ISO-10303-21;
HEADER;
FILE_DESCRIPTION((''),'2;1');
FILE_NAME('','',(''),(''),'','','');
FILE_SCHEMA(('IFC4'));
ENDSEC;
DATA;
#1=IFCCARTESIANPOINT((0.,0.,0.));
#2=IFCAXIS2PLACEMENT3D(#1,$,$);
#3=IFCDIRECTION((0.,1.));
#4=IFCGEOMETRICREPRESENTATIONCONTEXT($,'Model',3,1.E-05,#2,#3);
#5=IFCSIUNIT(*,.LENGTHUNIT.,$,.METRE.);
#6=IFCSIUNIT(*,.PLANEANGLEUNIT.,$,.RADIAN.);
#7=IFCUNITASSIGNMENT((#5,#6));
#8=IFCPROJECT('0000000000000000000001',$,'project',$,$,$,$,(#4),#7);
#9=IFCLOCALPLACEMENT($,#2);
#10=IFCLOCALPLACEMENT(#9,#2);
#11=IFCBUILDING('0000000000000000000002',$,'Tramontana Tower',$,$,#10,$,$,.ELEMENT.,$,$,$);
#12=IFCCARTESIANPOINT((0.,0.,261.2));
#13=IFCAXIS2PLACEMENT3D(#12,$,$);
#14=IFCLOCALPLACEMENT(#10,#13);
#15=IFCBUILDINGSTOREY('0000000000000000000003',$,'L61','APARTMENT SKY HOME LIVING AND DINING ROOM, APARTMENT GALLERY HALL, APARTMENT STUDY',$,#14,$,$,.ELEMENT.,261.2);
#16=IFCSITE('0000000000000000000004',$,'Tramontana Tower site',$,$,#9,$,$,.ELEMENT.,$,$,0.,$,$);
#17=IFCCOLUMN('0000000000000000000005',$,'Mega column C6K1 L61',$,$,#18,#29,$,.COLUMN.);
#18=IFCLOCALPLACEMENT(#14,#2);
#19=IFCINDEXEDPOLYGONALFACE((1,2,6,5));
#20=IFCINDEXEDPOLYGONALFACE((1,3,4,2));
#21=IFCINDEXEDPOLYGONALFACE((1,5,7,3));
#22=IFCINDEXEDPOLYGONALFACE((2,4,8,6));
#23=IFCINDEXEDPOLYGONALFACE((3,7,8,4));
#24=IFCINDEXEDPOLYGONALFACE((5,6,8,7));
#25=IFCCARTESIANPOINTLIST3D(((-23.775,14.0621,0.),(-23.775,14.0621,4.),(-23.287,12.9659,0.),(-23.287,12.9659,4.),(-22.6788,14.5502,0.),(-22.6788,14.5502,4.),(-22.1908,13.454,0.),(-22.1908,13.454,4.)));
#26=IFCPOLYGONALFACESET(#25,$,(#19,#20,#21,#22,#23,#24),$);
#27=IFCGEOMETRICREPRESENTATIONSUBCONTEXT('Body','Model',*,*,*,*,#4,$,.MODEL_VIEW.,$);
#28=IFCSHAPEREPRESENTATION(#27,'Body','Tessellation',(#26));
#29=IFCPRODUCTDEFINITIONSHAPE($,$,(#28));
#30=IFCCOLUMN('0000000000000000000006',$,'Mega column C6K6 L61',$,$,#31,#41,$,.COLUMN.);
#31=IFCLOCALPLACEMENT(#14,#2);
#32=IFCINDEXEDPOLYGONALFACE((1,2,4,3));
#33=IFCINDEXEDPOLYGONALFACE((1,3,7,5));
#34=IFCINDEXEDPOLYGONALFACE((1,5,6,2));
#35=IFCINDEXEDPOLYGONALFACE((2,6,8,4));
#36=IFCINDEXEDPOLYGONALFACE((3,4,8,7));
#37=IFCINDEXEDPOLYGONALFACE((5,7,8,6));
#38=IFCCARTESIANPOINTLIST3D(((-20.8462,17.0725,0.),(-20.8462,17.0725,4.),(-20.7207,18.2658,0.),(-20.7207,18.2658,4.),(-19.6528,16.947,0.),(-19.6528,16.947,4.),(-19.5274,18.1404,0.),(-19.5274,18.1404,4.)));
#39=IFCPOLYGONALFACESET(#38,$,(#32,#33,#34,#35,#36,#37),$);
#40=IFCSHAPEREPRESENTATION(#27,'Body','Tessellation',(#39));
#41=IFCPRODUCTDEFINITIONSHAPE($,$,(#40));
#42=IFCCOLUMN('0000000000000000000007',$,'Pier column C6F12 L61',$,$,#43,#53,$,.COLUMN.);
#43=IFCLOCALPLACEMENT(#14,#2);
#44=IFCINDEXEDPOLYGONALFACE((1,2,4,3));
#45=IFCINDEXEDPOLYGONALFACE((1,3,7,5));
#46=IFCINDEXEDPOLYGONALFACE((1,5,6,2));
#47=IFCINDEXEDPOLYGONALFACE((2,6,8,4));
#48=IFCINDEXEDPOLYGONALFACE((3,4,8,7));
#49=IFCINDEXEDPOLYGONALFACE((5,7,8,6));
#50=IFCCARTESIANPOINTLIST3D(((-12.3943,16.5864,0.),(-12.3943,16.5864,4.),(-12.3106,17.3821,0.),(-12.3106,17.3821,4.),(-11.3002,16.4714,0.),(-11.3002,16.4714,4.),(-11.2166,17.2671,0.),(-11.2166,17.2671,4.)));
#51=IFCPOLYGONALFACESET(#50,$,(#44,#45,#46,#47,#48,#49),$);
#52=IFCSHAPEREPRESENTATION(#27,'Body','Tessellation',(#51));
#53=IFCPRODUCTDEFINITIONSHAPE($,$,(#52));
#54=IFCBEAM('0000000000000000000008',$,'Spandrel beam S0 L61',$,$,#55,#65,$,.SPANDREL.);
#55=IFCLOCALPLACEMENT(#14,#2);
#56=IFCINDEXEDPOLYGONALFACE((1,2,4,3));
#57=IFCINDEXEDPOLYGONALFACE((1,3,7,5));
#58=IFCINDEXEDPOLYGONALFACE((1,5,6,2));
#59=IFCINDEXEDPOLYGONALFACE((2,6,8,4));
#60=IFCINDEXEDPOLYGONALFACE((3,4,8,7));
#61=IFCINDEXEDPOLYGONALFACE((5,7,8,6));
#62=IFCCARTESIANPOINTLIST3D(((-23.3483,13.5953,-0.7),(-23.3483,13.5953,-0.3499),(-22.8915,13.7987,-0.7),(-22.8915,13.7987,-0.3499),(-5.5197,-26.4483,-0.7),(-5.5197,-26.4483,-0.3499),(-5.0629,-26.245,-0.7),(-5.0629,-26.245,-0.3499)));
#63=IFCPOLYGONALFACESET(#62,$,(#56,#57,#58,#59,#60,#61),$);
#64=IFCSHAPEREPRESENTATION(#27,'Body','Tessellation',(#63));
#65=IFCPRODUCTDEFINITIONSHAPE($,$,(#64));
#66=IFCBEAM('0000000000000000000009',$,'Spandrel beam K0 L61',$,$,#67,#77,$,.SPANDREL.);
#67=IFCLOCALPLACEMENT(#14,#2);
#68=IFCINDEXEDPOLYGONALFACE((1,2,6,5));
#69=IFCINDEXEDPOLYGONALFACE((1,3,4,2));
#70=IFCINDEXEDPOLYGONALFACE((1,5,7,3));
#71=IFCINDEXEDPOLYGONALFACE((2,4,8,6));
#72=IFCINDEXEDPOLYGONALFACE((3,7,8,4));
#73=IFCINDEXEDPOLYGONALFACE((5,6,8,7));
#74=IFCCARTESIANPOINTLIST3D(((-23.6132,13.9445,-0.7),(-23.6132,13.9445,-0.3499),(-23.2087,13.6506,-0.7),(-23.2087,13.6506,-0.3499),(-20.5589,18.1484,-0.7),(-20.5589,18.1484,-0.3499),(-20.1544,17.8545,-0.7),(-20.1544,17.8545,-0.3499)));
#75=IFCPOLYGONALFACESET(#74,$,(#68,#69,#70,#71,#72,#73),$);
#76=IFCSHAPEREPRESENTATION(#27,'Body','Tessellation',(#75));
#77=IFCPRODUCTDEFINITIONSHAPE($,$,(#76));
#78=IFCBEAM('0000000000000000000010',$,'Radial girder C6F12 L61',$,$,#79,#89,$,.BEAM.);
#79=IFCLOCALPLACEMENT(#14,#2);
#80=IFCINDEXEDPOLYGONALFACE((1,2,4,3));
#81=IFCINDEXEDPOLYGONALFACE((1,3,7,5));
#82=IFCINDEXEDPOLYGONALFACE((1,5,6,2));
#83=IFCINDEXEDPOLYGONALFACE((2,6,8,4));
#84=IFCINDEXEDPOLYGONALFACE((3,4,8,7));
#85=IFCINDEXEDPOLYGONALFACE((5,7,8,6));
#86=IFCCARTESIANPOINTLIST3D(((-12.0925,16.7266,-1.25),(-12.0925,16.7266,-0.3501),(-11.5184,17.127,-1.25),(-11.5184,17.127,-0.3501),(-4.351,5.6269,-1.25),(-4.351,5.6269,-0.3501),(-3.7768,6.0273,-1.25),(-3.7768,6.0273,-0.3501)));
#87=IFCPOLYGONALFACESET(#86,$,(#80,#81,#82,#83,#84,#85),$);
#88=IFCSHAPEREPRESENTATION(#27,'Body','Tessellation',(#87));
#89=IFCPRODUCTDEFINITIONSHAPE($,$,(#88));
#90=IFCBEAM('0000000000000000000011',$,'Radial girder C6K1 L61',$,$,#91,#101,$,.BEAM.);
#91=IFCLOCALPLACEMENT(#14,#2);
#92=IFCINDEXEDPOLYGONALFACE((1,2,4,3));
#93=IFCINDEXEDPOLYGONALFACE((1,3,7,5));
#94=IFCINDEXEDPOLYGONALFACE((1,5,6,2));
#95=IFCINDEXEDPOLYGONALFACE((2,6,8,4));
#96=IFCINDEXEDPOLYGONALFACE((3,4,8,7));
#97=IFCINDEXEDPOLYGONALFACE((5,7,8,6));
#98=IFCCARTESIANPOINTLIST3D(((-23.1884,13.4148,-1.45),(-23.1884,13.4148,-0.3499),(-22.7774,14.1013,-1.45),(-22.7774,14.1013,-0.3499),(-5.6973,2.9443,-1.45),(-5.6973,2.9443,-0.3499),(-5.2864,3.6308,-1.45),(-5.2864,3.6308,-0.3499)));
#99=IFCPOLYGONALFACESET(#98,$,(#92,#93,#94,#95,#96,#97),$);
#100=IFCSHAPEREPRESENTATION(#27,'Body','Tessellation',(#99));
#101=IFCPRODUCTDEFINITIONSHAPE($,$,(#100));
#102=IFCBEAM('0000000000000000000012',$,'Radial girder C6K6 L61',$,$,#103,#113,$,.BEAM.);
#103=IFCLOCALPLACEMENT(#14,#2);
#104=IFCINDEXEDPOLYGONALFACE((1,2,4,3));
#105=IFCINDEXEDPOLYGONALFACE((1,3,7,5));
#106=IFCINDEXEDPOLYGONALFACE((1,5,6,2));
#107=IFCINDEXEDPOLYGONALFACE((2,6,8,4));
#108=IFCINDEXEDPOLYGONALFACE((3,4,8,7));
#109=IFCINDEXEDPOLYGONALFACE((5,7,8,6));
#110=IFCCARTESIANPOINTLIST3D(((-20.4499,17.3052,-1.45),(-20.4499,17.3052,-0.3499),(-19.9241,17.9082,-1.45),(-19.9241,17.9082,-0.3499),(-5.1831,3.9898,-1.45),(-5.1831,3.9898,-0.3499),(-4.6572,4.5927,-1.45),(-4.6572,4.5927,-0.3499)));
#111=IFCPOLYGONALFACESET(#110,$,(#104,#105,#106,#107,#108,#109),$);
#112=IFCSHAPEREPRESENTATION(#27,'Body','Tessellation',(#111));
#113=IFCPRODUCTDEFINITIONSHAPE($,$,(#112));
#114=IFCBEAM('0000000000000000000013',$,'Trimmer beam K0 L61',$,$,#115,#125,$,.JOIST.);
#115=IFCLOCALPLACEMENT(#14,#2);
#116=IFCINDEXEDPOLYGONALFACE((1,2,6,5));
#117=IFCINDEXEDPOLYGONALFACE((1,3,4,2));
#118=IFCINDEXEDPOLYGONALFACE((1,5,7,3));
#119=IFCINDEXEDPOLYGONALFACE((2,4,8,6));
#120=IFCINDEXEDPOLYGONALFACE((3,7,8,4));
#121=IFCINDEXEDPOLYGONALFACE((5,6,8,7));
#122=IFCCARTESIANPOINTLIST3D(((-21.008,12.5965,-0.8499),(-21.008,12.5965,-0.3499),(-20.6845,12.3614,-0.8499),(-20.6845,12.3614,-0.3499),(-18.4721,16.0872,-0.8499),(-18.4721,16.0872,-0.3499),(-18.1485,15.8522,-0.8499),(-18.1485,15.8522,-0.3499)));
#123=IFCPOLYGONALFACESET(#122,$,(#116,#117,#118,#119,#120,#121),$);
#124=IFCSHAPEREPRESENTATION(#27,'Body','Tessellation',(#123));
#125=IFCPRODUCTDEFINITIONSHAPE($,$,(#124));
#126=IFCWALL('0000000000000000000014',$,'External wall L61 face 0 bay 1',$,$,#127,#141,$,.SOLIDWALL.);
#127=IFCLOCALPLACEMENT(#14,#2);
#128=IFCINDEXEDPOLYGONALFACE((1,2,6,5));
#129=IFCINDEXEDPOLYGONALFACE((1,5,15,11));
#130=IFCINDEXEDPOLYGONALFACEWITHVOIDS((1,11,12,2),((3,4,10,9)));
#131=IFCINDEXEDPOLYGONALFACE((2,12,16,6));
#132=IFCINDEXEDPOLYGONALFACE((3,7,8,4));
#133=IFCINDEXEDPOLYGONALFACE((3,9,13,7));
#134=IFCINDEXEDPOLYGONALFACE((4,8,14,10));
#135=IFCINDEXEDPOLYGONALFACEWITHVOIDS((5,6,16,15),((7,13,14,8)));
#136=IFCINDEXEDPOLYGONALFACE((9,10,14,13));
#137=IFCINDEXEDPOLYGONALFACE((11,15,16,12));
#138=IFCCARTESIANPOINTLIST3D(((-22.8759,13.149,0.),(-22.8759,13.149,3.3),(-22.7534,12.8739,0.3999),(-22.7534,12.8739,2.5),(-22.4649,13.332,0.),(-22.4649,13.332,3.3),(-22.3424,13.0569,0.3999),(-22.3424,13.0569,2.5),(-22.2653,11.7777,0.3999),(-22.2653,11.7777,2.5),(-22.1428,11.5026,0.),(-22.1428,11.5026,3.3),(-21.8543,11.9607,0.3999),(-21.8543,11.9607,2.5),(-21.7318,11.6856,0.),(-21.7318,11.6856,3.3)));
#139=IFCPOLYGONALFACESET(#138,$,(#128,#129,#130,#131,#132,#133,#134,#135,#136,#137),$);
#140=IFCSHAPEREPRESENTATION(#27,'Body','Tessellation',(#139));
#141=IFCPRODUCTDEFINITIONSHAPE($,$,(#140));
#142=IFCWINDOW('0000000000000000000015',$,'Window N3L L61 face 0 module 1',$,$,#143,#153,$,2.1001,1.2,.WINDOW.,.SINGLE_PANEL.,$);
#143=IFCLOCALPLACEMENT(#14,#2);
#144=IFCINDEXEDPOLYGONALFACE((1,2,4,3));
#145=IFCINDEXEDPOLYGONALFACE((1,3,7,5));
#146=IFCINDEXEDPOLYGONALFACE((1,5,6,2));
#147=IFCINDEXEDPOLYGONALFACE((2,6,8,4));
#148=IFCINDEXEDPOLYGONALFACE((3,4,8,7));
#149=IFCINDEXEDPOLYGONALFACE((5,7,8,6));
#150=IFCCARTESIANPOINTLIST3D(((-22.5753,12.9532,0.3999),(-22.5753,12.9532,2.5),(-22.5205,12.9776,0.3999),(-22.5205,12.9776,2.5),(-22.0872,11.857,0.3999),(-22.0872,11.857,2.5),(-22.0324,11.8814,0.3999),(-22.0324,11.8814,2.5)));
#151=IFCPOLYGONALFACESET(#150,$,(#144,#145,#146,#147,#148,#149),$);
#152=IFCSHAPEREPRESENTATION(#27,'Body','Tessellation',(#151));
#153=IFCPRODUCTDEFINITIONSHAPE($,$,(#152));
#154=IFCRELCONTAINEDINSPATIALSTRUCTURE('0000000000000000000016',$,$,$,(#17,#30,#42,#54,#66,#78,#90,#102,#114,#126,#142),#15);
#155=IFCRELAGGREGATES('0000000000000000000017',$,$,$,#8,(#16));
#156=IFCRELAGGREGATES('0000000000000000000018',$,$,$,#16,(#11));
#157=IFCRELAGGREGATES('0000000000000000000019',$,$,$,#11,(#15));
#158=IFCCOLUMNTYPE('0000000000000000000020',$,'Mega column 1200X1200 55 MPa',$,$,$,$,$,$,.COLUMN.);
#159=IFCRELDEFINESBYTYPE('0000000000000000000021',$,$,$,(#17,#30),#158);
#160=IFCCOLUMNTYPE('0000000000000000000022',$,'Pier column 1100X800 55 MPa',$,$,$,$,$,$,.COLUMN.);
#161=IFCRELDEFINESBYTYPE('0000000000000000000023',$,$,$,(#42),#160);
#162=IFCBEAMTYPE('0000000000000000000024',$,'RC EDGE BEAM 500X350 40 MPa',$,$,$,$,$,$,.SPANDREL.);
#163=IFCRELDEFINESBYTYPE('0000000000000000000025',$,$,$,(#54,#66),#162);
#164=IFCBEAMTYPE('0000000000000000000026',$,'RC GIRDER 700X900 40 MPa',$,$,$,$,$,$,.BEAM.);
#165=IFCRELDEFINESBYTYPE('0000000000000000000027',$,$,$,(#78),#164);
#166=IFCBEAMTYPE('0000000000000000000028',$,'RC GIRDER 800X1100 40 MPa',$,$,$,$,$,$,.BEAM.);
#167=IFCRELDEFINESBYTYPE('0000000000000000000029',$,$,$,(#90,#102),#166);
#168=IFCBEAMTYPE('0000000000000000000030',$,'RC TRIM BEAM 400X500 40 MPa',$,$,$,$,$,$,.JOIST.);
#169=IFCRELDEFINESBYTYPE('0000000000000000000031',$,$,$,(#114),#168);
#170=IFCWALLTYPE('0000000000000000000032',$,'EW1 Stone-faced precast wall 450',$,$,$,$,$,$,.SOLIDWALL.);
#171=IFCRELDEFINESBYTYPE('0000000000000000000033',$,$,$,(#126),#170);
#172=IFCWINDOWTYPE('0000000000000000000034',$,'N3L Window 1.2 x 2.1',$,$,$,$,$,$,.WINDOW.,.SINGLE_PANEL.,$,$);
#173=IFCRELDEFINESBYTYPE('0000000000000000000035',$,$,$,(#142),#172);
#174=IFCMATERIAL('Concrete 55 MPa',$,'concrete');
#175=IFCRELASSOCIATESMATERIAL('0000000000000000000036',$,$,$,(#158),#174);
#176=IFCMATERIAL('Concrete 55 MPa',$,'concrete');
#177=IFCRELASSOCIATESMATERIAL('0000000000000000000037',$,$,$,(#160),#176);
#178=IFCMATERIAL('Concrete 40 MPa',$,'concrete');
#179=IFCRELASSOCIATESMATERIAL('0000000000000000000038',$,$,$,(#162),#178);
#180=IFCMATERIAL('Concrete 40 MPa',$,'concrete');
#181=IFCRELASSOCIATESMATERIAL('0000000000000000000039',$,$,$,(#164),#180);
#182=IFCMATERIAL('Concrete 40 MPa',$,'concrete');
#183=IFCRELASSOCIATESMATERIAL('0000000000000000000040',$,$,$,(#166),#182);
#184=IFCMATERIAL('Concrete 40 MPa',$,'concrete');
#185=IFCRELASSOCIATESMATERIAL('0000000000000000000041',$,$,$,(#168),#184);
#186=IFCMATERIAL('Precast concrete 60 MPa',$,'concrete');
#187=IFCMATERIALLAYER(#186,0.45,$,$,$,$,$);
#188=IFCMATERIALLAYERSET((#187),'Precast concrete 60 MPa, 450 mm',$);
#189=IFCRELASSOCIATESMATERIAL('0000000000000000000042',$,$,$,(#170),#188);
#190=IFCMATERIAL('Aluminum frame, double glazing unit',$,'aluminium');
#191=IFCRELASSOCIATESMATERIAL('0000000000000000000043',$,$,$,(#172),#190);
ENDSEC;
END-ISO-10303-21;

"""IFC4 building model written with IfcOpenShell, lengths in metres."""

from ifc_helpers import new_model, si_unit, direction, frame, frame_2d, origin, origin_2d, place, context, subcontext, project, spatial, rectangle, extrude, material, layer, layer_set, material_profile, profile_set, type_object, element, fill, save


model = new_model("IFC4")

# Units and contexts
model_context = context("Model", 3, precision=1e-05, world=origin(), true_north=direction((0.0, 1.0)))
body_context = subcontext(model_context, "Body", "Model", "MODEL_VIEW")
ifc_project = project(units=[si_unit("LENGTHUNIT", "METRE"), si_unit("PLANEANGLEUNIT", "RADIAN")], contexts=[model_context])

# Site, building, storey
site_placement = place(None, origin())
site = spatial("IfcSite", under=ifc_project, at=site_placement, Name="Tramontana Tower site", CompositionType="ELEMENT", RefElevation=0.0)
building_placement = place(site_placement, origin())
building = spatial("IfcBuilding", under=site, at=building_placement, Name="Tramontana Tower", CompositionType="ELEMENT")
storey_placement = place(building_placement, frame((0.0, 0.0, 261.2)))
storey = spatial("IfcBuildingStorey", under=building, at=storey_placement, Name="L61", Description="APARTMENT SKY HOME LIVING AND DINING ROOM, APARTMENT GALLERY HALL, APARTMENT STUDY", CompositionType="ELEMENT", Elevation=261.2)

# Columns
ifc_material_1 = material(Name="Concrete 55 MPa", Category="concrete")
ifc_material_profile_1 = material_profile(ifc_material_1, rectangle(XDim=1.2, YDim=1.2, at=origin_2d()), Name="Mega column 1200X1200 55 MPa")
ifc_profile_set_1 = profile_set([ifc_material_profile_1], Name="Concrete 55 MPa")
column_type_1 = type_object("IfcColumnType", Name="Mega column 1200X1200 55 MPa", PredefinedType="COLUMN", material=ifc_profile_set_1)
for number, where, z_axis, x_axis, name in (
    (1, (-22.9829, 13.7581, 0.0), (0.0, 0.0, 1.0), (0.406737, -0.913545, 0.0), "Mega column C6K1 L61"),
    (2, (-20.1868, 17.6064, 0.0), (0.0, 0.0, 1.0), (-0.994522, 0.104528, 0.0), "Mega column C6K6 L61"),
):
    element("IfcColumn", number, at=place(storey_placement, frame(where, z_axis=z_axis, x_axis=x_axis)), inside=storey, type_object=column_type_1, Name=name, PredefinedType="COLUMN", context=body_context, shape_type="SweptSolid", body=[
        extrude(rectangle(XDim=1.2, YDim=1.2, at=origin_2d()), origin(), (0.0, 0.0, 1.0), 4.0),
    ])
ifc_material_2 = material(Name="Concrete 55 MPa", Category="concrete")
ifc_material_profile_2 = material_profile(ifc_material_2, rectangle(XDim=1.1001, YDim=0.8, at=origin_2d()), Name="Pier column 1100X800 55 MPa")
ifc_profile_set_2 = profile_set([ifc_material_profile_2], Name="Concrete 55 MPa")
column_type_2 = type_object("IfcColumnType", Name="Pier column 1100X800 55 MPa", PredefinedType="COLUMN", material=ifc_profile_set_2)
column_placement = place(storey_placement, frame((-11.8054, 16.9268, 0.0), z_axis=(0.0, 0.0, 1.0), x_axis=(-0.994522, 0.104528, 0.0)))
element("IfcColumn", 3, at=column_placement, inside=storey, type_object=column_type_2, Name="Pier column C6F12 L61", PredefinedType="COLUMN", context=body_context, shape_type="SweptSolid", body=[
    extrude(rectangle(XDim=1.1001, YDim=0.8, at=origin_2d()), origin(), (0.0, 0.0, 1.0), 4.0),
])

# Beams
ifc_material_3 = material(Name="Concrete 40 MPa", Category="concrete")
ifc_material_profile_3 = material_profile(ifc_material_3, rectangle(XDim=0.5, YDim=0.3501, at=origin_2d()), Name="RC EDGE BEAM 500X350 40 MPa")
ifc_profile_set_3 = profile_set([ifc_material_profile_3], Name="Concrete 40 MPa")
beam_type_1 = type_object("IfcBeamType", Name="RC EDGE BEAM 500X350 40 MPa", PredefinedType="SPANDREL", material=ifc_profile_set_3)
beam_1_placement = place(storey_placement, frame((-23.1199, 13.697, -0.5249), z_axis=(0.406737, -0.913545, 0.0), x_axis=(0.913545, 0.406737, 0.0)))
element("IfcBeam", 4, at=beam_1_placement, inside=storey, type_object=beam_type_1, Name="Spandrel beam S0 L61", PredefinedType="SPANDREL", context=body_context, shape_type="SweptSolid", body=[
    extrude(rectangle(XDim=0.5, YDim=0.3501, at=origin_2d()), origin(), (0.0, 0.0, 1.0), 43.8333),
])
beam_2_placement = place(storey_placement, frame((-20.3567, 18.0015, -0.5249), z_axis=(-0.587775, -0.809024, 0.0), x_axis=(0.809024, -0.587775, 0.0)))
element("IfcBeam", 5, at=beam_2_placement, inside=storey, type_object=beam_type_1, Name="Spandrel beam K0 L61", PredefinedType="SPANDREL", context=body_context, shape_type="SweptSolid", body=[
    extrude(rectangle(XDim=0.5, YDim=0.3501, at=origin_2d()), origin(), (0.0, 0.0, 1.0), 5.1963),
])
ifc_material_4 = material(Name="Concrete 40 MPa", Category="concrete")
ifc_material_profile_4 = material_profile(ifc_material_4, rectangle(XDim=0.7, YDim=0.8999, at=origin_2d()), Name="RC GIRDER 700X900 40 MPa")
ifc_profile_set_4 = profile_set([ifc_material_profile_4], Name="Concrete 40 MPa")
beam_type_2 = type_object("IfcBeamType", Name="RC GIRDER 700X900 40 MPa", PredefinedType="BEAM", material=ifc_profile_set_4)
beam_3_placement = place(storey_placement, frame((-11.8054, 16.9268, -0.8), z_axis=(0.572059, -0.820212, 0.0), x_axis=(0.820212, 0.572059, 0.0)))
element("IfcBeam", 6, at=beam_3_placement, inside=storey, type_object=beam_type_2, Name="Radial girder C6F12 L61", PredefinedType="BEAM", context=body_context, shape_type="SweptSolid", body=[
    extrude(rectangle(XDim=0.7, YDim=0.8999, at=origin_2d()), origin(), (0.0, 0.0, 1.0), 13.5327),
])
ifc_material_5 = material(Name="Concrete 40 MPa", Category="concrete")
ifc_material_profile_5 = material_profile(ifc_material_5, rectangle(XDim=0.8, YDim=1.1001, at=origin_2d()), Name="RC GIRDER 800X1100 40 MPa")
ifc_profile_set_5 = profile_set([ifc_material_profile_5], Name="Concrete 40 MPa")
beam_type_3 = type_object("IfcBeamType", Name="RC GIRDER 800X1100 40 MPa", PredefinedType="BEAM", material=ifc_profile_set_5)
beam_4_placement = place(storey_placement, frame((-22.9829, 13.7581, -0.8999), z_axis=(0.858015, -0.513625, 0.0), x_axis=(0.513625, 0.858015, 0.0)))
element("IfcBeam", 7, at=beam_4_placement, inside=storey, type_object=beam_type_3, Name="Radial girder C6K1 L61", PredefinedType="BEAM", context=body_context, shape_type="SweptSolid", body=[
    extrude(rectangle(XDim=0.8, YDim=1.1001, at=origin_2d()), origin(), (0.0, 0.0, 1.0), 20.3855),
])
beam_5_placement = place(storey_placement, frame((-20.187, 17.6067, -0.8999), z_axis=(0.753629, -0.6573, 0.0), x_axis=(0.6573, 0.753629, 0.0)))
element("IfcBeam", 8, at=beam_5_placement, inside=storey, type_object=beam_type_3, Name="Radial girder C6K6 L61", PredefinedType="BEAM", context=body_context, shape_type="SweptSolid", body=[
    extrude(rectangle(XDim=0.8, YDim=1.1001, at=origin_2d()), origin(), (0.0, 0.0, 1.0), 20.2578),
])
ifc_material_6 = material(Name="Concrete 40 MPa", Category="concrete")
ifc_material_profile_6 = material_profile(ifc_material_6, rectangle(XDim=0.3999, YDim=0.5, at=origin_2d()), Name="RC TRIM BEAM 400X500 40 MPa")
ifc_profile_set_6 = profile_set([ifc_material_profile_6], Name="Concrete 40 MPa")
beam_type_4 = type_object("IfcBeamType", Name="RC TRIM BEAM 400X500 40 MPa", PredefinedType="JOIST", material=ifc_profile_set_6)
beam_6_placement = place(storey_placement, frame((-18.3103, 15.9697, -0.5999), z_axis=(-0.587744, -0.809047, 0.0), x_axis=(0.809047, -0.587744, 0.0)))
element("IfcBeam", 9, at=beam_6_placement, inside=storey, type_object=beam_type_4, Name="Trimmer beam K0 L61", PredefinedType="JOIST", context=body_context, shape_type="SweptSolid", body=[
    extrude(rectangle(XDim=0.3999, YDim=0.5, at=origin_2d()), origin(), (0.0, 0.0, 1.0), 4.3147),
])

# Wall, opening, window
ifc_material_7 = material(Name="Precast concrete 60 MPa", Category="concrete")
ifc_layer_1 = layer(ifc_material_7, 0.45)
ifc_layer_set_1 = layer_set([ifc_layer_1], Name="Precast concrete 60 MPa, 450 mm")
wall_type_1 = type_object("IfcWallType", Name="EW1 Stone-faced precast wall 450", PredefinedType="SOLIDWALL", material=ifc_layer_set_1)
wall_1_placement = place(storey_placement, frame((-22.6704, 13.2405, 0.0), z_axis=(0.0, 0.0, 1.0), x_axis=(0.406779, -0.913526, 0.0)))
wall_1 = element("IfcWall", 10, at=wall_1_placement, inside=storey, type_object=wall_type_1, Name="External wall L61 face 0 bay 1", PredefinedType="SOLIDWALL", context=body_context, shape_type="SweptSolid", body=[
    extrude(rectangle(XDim=1.8022, YDim=0.45, at=frame_2d((0.9011, 0.0))), origin(), (0.0, 0.0, 1.0), 3.3),
])
opening_1_placement = place(wall_1_placement, frame((0.301, 0.0, 0.3999)))
opening_1 = element("IfcOpeningElement", 11, at=opening_1_placement, cuts=wall_1, PredefinedType="OPENING", context=body_context, shape_type="SweptSolid", body=[
    extrude(rectangle(XDim=1.2, YDim=2.1001, at=frame_2d((0.6001, 1.05))), frame((0.0, 0.2349, 0.0), z_axis=(0.0, -1.0, 0.0), x_axis=(1.0, 0.0, 0.0)), (0.0, 0.0, 1.0), 0.47),
])
ifc_material_8 = material(Name="Aluminum frame, double glazing unit", Category="aluminium")
window_type_1 = type_object("IfcWindowType", Name="N3L Window 1.2 x 2.1", PartitioningType="SINGLE_PANEL", PredefinedType="WINDOW", material=ifc_material_8)
window_1_placement = place(opening_1_placement, origin())
window_1 = element("IfcWindow", 12, at=window_1_placement, inside=storey, type_object=window_type_1, Name="Window N3L L61 face 0 module 1", OverallHeight=2.1001, OverallWidth=1.2, PartitioningType="SINGLE_PANEL", PredefinedType="WINDOW", context=body_context, shape_type="SweptSolid", body=[
    extrude(rectangle(XDim=1.2, YDim=2.1001, at=frame_2d((0.6001, 1.05))), frame((0.0, 0.03, 0.0), z_axis=(0.0, -1.0, 0.0), x_axis=(1.0, 0.0, 0.0)), (0.0, 0.0, 1.0), 0.0601),
])
fill(opening_1, window_1)

save(model, "model.ifc")
